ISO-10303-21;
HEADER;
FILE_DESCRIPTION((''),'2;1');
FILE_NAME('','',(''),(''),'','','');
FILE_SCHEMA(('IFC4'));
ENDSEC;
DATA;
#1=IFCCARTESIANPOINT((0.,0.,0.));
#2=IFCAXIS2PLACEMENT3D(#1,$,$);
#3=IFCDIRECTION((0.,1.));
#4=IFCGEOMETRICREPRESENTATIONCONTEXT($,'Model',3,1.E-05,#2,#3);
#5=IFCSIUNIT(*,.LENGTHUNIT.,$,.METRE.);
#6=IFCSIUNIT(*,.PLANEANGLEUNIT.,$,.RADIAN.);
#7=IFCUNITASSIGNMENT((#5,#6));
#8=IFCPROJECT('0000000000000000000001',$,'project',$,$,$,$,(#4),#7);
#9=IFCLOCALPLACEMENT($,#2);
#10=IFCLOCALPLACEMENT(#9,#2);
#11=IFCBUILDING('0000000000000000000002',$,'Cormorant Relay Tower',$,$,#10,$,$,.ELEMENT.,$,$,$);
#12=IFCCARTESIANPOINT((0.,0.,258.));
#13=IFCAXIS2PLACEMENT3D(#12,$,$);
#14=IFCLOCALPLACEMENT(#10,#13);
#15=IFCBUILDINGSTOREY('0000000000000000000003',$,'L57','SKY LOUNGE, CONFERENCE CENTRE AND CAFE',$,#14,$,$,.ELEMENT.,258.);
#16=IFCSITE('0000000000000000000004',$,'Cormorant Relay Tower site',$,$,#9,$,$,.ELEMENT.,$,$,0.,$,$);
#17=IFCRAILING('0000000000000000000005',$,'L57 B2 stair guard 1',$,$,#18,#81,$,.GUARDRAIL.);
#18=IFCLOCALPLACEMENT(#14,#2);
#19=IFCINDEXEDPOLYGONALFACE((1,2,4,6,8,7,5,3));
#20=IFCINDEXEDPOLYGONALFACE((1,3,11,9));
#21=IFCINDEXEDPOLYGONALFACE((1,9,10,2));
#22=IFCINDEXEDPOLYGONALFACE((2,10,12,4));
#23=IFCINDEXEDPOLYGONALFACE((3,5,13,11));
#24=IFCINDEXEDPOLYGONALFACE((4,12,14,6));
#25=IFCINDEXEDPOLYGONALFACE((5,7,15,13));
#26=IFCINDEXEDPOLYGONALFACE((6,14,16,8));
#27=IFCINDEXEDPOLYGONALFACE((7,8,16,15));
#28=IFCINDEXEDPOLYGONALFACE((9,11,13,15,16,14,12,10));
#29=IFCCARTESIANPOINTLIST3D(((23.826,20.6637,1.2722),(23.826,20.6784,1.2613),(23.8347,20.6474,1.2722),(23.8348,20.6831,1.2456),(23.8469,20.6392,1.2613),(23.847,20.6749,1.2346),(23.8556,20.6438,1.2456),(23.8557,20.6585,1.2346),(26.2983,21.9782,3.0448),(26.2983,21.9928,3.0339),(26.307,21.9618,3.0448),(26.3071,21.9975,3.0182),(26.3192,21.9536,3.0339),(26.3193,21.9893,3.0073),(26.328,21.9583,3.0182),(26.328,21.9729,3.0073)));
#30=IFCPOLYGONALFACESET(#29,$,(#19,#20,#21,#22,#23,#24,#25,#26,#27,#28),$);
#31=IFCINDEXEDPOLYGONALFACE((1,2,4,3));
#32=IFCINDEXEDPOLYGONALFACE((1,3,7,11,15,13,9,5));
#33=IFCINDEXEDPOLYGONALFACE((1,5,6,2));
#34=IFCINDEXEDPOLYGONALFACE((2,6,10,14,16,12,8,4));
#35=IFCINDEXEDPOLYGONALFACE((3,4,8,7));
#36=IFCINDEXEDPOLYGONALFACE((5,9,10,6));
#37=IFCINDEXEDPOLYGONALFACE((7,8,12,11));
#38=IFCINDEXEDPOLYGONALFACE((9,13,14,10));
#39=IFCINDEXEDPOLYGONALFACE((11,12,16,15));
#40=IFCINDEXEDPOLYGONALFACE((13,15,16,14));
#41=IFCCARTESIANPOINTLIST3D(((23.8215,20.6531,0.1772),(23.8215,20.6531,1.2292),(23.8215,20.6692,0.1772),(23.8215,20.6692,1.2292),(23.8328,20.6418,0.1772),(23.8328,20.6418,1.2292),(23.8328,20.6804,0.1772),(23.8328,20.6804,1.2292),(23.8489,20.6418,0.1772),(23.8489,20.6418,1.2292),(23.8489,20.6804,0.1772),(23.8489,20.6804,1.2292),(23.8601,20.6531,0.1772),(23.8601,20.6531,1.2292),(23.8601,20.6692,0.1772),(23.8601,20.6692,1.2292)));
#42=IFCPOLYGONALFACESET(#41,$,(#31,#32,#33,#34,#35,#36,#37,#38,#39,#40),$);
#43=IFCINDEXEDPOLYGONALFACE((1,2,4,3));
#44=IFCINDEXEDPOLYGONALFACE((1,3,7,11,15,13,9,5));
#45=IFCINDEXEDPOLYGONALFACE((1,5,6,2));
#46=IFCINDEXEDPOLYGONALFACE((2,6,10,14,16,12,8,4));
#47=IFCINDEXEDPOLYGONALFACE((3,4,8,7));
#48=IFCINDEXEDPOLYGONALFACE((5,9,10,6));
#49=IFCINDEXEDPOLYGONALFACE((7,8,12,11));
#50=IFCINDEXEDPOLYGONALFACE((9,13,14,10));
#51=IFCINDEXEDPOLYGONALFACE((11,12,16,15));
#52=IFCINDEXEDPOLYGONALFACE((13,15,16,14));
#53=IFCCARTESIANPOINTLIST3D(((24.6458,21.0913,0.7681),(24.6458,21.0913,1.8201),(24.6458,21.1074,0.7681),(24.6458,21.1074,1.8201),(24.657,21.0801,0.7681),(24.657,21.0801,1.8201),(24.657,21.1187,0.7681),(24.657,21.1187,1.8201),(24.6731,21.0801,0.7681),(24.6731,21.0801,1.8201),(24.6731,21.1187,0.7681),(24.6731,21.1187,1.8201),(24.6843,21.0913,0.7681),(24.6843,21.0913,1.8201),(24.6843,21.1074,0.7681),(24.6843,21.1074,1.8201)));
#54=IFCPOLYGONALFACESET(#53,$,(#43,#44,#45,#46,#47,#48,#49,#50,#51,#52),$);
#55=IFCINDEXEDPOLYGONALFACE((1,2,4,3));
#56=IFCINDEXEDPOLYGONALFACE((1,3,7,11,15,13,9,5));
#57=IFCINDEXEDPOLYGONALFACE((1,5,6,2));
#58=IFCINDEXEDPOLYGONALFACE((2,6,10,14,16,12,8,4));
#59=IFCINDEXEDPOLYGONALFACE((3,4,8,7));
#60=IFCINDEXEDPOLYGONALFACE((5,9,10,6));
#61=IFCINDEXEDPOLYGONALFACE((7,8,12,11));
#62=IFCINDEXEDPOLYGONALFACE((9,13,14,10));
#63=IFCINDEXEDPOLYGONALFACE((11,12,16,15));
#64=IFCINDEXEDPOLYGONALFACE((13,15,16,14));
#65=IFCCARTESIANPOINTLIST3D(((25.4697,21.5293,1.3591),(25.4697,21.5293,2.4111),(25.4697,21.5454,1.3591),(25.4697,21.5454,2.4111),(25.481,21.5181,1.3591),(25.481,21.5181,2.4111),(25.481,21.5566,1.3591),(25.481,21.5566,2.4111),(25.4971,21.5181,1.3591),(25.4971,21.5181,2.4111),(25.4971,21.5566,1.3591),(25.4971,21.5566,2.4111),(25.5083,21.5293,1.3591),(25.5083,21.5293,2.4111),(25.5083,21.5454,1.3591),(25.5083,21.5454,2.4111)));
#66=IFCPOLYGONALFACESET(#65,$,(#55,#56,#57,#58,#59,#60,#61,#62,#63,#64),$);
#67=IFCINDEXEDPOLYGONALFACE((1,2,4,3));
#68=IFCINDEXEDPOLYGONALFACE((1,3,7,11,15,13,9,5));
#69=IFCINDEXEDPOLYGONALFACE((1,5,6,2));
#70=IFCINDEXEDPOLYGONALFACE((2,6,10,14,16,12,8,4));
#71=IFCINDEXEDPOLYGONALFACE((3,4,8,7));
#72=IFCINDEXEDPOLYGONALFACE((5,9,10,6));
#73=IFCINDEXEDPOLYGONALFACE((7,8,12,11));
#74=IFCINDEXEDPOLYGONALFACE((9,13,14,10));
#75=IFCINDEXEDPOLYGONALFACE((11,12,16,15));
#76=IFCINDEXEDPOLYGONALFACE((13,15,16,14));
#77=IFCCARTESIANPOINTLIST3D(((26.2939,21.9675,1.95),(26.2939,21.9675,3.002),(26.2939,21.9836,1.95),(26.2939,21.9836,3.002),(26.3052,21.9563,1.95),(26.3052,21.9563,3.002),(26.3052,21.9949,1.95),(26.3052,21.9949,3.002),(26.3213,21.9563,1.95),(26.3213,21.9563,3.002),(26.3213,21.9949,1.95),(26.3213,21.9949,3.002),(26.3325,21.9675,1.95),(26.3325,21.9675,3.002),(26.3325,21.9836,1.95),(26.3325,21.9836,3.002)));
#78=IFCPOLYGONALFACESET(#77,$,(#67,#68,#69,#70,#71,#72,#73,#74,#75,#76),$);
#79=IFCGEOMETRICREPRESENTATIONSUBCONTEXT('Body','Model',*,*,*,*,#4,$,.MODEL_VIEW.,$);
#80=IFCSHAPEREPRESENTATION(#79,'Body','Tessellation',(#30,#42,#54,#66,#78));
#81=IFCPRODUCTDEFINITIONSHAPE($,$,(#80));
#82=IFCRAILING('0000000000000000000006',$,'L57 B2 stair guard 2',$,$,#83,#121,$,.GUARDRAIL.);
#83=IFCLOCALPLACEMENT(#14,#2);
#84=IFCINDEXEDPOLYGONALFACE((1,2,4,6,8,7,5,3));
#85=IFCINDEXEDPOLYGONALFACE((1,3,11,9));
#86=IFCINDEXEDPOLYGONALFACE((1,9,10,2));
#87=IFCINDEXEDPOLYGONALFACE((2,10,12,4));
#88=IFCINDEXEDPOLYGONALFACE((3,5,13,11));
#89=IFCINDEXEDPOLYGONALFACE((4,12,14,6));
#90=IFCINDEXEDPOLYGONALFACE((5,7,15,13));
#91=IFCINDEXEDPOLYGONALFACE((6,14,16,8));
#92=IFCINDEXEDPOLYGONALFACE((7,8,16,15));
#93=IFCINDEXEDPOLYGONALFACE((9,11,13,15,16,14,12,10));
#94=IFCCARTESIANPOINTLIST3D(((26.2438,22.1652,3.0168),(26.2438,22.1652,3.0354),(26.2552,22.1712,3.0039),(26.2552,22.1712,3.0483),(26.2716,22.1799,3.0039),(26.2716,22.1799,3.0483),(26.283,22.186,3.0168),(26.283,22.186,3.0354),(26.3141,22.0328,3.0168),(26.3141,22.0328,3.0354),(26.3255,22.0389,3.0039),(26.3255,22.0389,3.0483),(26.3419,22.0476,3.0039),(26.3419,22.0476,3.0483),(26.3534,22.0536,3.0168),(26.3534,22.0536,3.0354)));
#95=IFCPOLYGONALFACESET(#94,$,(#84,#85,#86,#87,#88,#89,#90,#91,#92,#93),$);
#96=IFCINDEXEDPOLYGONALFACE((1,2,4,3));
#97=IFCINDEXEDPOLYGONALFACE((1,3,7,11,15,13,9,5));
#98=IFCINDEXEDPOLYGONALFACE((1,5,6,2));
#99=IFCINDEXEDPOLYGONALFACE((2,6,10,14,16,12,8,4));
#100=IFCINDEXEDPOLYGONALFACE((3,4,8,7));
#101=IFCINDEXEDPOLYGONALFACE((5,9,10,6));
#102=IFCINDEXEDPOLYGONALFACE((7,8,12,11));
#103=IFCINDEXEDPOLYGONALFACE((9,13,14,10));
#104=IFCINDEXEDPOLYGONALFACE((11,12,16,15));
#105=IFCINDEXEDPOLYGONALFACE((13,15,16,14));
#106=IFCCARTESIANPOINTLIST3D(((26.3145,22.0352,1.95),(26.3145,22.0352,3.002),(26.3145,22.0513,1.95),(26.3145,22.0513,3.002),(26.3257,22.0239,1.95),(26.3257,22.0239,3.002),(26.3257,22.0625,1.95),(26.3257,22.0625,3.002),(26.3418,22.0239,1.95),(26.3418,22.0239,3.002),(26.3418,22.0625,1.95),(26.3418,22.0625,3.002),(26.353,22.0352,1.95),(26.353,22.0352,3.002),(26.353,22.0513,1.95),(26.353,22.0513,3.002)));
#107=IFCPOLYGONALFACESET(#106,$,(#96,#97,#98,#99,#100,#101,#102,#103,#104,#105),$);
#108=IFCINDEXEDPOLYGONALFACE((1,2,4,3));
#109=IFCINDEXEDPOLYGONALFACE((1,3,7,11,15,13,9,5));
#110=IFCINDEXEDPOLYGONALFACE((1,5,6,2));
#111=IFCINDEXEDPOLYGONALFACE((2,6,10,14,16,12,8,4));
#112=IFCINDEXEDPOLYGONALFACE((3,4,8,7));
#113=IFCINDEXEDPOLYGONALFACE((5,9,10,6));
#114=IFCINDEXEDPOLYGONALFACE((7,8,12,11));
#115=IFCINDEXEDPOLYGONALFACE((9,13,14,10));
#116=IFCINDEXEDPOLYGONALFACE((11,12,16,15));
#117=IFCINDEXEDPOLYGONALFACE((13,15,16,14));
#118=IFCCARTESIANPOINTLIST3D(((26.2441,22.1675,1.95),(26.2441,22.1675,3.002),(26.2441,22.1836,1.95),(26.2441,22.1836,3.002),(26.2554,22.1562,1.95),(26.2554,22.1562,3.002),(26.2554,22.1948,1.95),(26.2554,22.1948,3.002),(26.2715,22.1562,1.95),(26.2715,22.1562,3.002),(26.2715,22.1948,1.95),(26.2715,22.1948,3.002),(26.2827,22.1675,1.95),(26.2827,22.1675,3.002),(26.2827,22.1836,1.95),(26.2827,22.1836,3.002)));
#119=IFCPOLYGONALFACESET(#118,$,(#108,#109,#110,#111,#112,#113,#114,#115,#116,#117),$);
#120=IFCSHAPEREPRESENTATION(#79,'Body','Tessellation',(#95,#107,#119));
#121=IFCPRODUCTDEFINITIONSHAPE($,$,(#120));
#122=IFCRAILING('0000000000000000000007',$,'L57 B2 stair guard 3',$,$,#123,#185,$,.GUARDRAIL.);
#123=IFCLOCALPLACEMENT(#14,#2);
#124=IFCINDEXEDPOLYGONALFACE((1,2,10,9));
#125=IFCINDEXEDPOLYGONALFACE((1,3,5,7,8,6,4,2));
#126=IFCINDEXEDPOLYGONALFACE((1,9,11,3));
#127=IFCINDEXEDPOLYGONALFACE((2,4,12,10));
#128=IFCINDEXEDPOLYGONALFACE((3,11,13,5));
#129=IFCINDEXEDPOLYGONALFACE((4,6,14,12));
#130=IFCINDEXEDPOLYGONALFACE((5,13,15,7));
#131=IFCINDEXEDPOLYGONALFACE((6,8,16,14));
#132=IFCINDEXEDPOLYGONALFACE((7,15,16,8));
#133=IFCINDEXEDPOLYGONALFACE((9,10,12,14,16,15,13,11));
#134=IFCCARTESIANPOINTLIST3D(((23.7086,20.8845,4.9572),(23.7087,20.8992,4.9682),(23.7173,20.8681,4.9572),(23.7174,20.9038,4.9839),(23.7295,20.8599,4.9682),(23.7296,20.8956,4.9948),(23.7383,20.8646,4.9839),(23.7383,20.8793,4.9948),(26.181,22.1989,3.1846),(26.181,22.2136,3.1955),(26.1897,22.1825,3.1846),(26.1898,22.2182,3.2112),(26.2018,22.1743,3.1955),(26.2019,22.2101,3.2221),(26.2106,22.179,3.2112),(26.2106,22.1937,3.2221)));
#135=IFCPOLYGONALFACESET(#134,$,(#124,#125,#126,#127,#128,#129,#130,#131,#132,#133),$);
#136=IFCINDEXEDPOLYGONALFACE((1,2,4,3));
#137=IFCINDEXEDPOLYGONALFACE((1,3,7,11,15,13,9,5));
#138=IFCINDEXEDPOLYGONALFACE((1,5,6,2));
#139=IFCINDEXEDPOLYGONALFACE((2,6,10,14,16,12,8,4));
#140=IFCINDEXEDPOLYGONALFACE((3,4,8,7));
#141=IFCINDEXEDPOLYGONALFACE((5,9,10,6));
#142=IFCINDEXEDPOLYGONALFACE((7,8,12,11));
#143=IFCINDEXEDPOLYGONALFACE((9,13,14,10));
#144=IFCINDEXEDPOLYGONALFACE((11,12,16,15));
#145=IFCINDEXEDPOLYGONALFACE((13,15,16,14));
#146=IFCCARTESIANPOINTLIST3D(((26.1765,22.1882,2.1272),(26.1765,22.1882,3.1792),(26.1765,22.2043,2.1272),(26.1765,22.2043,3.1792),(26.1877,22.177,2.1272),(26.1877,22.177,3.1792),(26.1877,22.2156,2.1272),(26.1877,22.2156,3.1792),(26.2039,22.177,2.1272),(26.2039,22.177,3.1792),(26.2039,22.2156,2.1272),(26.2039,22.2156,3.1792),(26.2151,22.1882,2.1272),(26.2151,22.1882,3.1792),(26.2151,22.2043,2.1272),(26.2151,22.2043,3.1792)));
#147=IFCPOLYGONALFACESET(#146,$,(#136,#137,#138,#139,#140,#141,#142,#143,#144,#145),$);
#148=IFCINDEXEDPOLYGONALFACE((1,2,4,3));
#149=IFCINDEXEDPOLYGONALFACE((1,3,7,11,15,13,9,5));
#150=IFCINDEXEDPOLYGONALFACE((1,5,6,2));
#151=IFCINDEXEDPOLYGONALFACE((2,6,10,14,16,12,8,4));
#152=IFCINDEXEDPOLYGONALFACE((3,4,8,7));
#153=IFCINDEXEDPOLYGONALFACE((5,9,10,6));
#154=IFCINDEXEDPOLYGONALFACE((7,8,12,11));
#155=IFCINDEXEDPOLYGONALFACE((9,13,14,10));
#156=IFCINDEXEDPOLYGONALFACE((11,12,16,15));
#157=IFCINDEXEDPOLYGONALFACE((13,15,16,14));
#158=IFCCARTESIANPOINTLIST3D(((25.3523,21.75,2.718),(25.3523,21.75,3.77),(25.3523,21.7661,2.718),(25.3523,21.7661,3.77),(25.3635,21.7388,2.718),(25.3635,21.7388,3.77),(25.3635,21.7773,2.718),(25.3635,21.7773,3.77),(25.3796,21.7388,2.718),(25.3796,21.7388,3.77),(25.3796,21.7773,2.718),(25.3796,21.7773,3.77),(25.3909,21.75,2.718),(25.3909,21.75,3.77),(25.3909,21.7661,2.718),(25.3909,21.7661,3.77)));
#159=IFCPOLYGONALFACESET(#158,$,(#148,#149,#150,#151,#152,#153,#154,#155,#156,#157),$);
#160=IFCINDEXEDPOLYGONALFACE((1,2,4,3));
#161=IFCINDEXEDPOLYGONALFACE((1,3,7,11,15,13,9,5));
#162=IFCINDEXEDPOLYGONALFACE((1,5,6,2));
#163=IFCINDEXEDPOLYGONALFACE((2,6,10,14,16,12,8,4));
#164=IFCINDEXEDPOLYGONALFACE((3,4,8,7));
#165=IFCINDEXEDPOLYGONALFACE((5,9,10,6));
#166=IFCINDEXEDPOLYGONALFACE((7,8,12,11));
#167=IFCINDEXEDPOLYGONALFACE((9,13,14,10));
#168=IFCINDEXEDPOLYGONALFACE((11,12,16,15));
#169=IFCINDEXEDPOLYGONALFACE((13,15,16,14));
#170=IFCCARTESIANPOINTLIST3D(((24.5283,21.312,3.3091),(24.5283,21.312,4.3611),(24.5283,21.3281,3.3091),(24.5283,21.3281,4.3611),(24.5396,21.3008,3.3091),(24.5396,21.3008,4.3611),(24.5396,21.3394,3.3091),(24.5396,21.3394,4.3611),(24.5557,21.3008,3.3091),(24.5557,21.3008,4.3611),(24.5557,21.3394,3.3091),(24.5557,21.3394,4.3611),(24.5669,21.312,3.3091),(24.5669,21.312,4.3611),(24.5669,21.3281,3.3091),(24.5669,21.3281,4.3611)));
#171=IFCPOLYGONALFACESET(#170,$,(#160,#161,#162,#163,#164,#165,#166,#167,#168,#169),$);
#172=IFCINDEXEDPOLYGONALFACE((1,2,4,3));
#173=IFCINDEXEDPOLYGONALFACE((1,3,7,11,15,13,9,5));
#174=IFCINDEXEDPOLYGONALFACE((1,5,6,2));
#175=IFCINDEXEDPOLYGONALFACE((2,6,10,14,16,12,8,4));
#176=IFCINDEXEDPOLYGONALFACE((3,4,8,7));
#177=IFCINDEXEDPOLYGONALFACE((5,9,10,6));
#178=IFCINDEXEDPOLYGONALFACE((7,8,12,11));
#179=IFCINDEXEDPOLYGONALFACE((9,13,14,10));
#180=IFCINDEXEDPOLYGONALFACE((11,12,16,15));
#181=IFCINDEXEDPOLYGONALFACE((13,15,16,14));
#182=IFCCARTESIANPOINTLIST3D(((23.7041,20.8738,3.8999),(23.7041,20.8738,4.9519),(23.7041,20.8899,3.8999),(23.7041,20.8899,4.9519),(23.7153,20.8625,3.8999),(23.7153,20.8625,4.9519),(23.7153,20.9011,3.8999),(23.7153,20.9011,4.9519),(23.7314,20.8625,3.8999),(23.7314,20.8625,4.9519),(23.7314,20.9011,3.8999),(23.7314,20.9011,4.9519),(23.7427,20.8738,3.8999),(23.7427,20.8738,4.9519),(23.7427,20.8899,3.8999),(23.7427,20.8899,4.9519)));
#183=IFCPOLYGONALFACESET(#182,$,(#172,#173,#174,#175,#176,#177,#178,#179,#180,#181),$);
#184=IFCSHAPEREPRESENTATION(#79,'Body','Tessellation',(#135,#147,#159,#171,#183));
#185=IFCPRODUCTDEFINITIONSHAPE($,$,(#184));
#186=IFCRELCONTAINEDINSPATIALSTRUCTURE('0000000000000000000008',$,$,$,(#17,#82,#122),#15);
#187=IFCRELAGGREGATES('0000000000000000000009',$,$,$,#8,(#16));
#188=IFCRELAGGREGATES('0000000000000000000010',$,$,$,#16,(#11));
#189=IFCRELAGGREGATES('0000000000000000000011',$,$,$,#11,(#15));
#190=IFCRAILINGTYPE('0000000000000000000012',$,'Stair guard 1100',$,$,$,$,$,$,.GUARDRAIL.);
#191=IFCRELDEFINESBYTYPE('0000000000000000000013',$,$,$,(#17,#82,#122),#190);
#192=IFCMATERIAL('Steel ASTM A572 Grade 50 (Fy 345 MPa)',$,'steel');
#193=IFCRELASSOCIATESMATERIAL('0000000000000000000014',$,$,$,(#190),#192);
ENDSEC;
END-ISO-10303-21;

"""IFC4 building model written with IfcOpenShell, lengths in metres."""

from ifc_helpers import new_model, si_unit, direction, frame, origin, place, context, subcontext, project, spatial, polyline, outline, extrude, material, type_object, element, save


model = new_model("IFC4")

# Units and contexts
model_context = context("Model", 3, precision=1e-05, world=origin(), true_north=direction((0.0, 1.0)))
body_context = subcontext(model_context, "Body", "Model", "MODEL_VIEW")
ifc_project = project(units=[si_unit("LENGTHUNIT", "METRE"), si_unit("PLANEANGLEUNIT", "RADIAN")], contexts=[model_context])

# Site, building, storey
site_placement = place(None, origin())
site = spatial("IfcSite", under=ifc_project, at=site_placement, Name="Cormorant Relay Tower site", CompositionType="ELEMENT", RefElevation=0.0)
building_placement = place(site_placement, origin())
building = spatial("IfcBuilding", under=site, at=building_placement, Name="Cormorant Relay Tower", CompositionType="ELEMENT")
storey_placement = place(building_placement, frame((0.0, 0.0, 258.0)))
storey = spatial("IfcBuildingStorey", under=building, at=storey_placement, Name="L57", Description="SKY LOUNGE, CONFERENCE CENTRE AND CAFE", CompositionType="ELEMENT", Elevation=258.0)

# Railings
ifc_material_1 = material(Name="Steel ASTM A572 Grade 50 (Fy 345 MPa)", Category="steel")
railing_type_1 = type_object("IfcRailingType", Name="Stair guard 1100", PredefinedType="GUARDRAIL", material=ifc_material_1)
railing_1_placement = place(storey_placement, frame((23.8408, 20.6611, 0.1772)))
element("IfcRailing", 1, at=railing_1_placement, inside=storey, type_object=railing_type_1, Name="L57 B2 stair guard 1", PredefinedType="GUARDRAIL", context=body_context, shape_type="SweptSolid", body=[
    extrude(outline(polyline([(0.0222, 0.0093), (0.0093, 0.0222), (-0.0093, 0.0222), (-0.0222, 0.0093), (-0.0222, -0.0093), (-0.0093, -0.0222), (0.0093, -0.0222), (0.0222, -0.0093), (0.0222, 0.0093)])), frame((0.0, 0.0, 1.0762), z_axis=(0.746034, 0.396627, 0.534902), x_axis=(-0.469429, 0.88297, 0.0)), (0.0, 0.0, 1.0), 3.314),
    extrude(outline(polyline([(0.0193, 0.0081), (0.0081, 0.0193), (-0.0081, 0.0193), (-0.0193, 0.0081), (-0.0193, -0.0081), (-0.0081, -0.0193), (0.0081, -0.0193), (0.0193, -0.0081), (0.0193, 0.0081)])), origin(), (0.0, 0.0, 1.0), 1.052),
    extrude(outline(polyline([(0.0193, 0.0081), (0.0081, 0.0193), (-0.0081, 0.0193), (-0.0193, 0.0081), (-0.0193, -0.0081), (-0.0081, -0.0193), (0.0081, -0.0193), (0.0193, -0.0081), (0.0193, 0.0081)])), frame((0.8242, 0.4382, 0.5908)), (0.0, 0.0, 1.0), 1.052),
    extrude(outline(polyline([(0.0193, 0.0081), (0.0081, 0.0193), (-0.0081, 0.0193), (-0.0193, 0.0081), (-0.0193, -0.0081), (-0.0081, -0.0193), (0.0081, -0.0193), (0.0193, -0.0081), (0.0193, 0.0081)])), frame((1.6482, 0.8762, 1.1819)), (0.0, 0.0, 1.0), 1.052),
    extrude(outline(polyline([(0.0193, 0.0081), (0.0081, 0.0193), (-0.0081, 0.0193), (-0.0193, 0.0081), (-0.0193, -0.0081), (-0.0081, -0.0193), (0.0081, -0.0193), (0.0193, -0.0081), (0.0193, 0.0081)])), frame((2.4724, 1.3145, 1.7727)), (0.0, 0.0, 1.0), 1.052),
])
railing_2_placement = place(storey_placement, frame((26.3337, 22.0432, 1.95)))
element("IfcRailing", 2, at=railing_2_placement, inside=storey, type_object=railing_type_1, Name="L57 B2 stair guard 2", PredefinedType="GUARDRAIL", context=body_context, shape_type="SweptSolid", body=[
    extrude(outline(polyline([(0.0222, 0.0093), (0.0093, 0.0222), (-0.0093, 0.0222), (-0.0222, 0.0093), (-0.0222, -0.0093), (-0.0093, -0.0222), (0.0093, -0.0222), (0.0222, -0.0093), (0.0222, 0.0093)])), frame((0.0, 0.0, 1.0762), z_axis=(-0.469235, 0.883074, 0.0), x_axis=(-0.883074, -0.469235, 0.0)), (0.0, 0.0, 1.0), 0.1499),
    extrude(outline(polyline([(0.0193, 0.0081), (0.0081, 0.0193), (-0.0081, 0.0193), (-0.0193, 0.0081), (-0.0193, -0.0081), (-0.0081, -0.0193), (0.0081, -0.0193), (0.0193, -0.0081), (0.0193, 0.0081)])), origin(), (0.0, 0.0, 1.0), 1.052),
    extrude(outline(polyline([(0.0193, 0.0081), (0.0081, 0.0193), (-0.0081, 0.0193), (-0.0193, 0.0081), (-0.0193, -0.0081), (-0.0081, -0.0193), (0.0081, -0.0193), (0.0193, -0.0081), (0.0193, 0.0081)])), frame((-0.0703, 0.1323, 0.0)), (0.0, 0.0, 1.0), 1.052),
])
railing_3_placement = place(storey_placement, frame((26.1958, 22.1963, 2.1272)))
element("IfcRailing", 3, at=railing_3_placement, inside=storey, type_object=railing_type_1, Name="L57 B2 stair guard 3", PredefinedType="GUARDRAIL", context=body_context, shape_type="SweptSolid", body=[
    extrude(outline(polyline([(0.0222, 0.0093), (0.0093, 0.0222), (-0.0093, 0.0222), (-0.0222, 0.0093), (-0.0222, -0.0093), (-0.0093, -0.0222), (0.0093, -0.0222), (0.0222, -0.0093), (0.0222, 0.0093)])), frame((0.0, 0.0, 1.0762), z_axis=(-0.746034, -0.396627, 0.534902), x_axis=(0.469429, -0.88297, 0.0)), (0.0, 0.0, 1.0), 3.314),
    extrude(outline(polyline([(0.0193, 0.0081), (0.0081, 0.0193), (-0.0081, 0.0193), (-0.0193, 0.0081), (-0.0193, -0.0081), (-0.0081, -0.0193), (0.0081, -0.0193), (0.0193, -0.0081), (0.0193, 0.0081)])), origin(), (0.0, 0.0, 1.0), 1.052),
    extrude(outline(polyline([(0.0193, 0.0081), (0.0081, 0.0193), (-0.0081, 0.0193), (-0.0193, 0.0081), (-0.0193, -0.0081), (-0.0081, -0.0193), (0.0081, -0.0193), (0.0193, -0.0081), (0.0193, 0.0081)])), frame((-0.8242, -0.4382, 0.5908)), (0.0, 0.0, 1.0), 1.052),
    extrude(outline(polyline([(0.0193, 0.0081), (0.0081, 0.0193), (-0.0081, 0.0193), (-0.0193, 0.0081), (-0.0193, -0.0081), (-0.0081, -0.0193), (0.0081, -0.0193), (0.0193, -0.0081), (0.0193, 0.0081)])), frame((-1.6482, -0.8762, 1.1819)), (0.0, 0.0, 1.0), 1.052),
    extrude(outline(polyline([(0.0193, 0.0081), (0.0081, 0.0193), (-0.0081, 0.0193), (-0.0193, 0.0081), (-0.0193, -0.0081), (-0.0081, -0.0193), (0.0081, -0.0193), (0.0193, -0.0081), (0.0193, 0.0081)])), frame((-2.4724, -1.3145, 1.7727)), (0.0, 0.0, 1.0), 1.052),
])

save(model, "model.ifc")
